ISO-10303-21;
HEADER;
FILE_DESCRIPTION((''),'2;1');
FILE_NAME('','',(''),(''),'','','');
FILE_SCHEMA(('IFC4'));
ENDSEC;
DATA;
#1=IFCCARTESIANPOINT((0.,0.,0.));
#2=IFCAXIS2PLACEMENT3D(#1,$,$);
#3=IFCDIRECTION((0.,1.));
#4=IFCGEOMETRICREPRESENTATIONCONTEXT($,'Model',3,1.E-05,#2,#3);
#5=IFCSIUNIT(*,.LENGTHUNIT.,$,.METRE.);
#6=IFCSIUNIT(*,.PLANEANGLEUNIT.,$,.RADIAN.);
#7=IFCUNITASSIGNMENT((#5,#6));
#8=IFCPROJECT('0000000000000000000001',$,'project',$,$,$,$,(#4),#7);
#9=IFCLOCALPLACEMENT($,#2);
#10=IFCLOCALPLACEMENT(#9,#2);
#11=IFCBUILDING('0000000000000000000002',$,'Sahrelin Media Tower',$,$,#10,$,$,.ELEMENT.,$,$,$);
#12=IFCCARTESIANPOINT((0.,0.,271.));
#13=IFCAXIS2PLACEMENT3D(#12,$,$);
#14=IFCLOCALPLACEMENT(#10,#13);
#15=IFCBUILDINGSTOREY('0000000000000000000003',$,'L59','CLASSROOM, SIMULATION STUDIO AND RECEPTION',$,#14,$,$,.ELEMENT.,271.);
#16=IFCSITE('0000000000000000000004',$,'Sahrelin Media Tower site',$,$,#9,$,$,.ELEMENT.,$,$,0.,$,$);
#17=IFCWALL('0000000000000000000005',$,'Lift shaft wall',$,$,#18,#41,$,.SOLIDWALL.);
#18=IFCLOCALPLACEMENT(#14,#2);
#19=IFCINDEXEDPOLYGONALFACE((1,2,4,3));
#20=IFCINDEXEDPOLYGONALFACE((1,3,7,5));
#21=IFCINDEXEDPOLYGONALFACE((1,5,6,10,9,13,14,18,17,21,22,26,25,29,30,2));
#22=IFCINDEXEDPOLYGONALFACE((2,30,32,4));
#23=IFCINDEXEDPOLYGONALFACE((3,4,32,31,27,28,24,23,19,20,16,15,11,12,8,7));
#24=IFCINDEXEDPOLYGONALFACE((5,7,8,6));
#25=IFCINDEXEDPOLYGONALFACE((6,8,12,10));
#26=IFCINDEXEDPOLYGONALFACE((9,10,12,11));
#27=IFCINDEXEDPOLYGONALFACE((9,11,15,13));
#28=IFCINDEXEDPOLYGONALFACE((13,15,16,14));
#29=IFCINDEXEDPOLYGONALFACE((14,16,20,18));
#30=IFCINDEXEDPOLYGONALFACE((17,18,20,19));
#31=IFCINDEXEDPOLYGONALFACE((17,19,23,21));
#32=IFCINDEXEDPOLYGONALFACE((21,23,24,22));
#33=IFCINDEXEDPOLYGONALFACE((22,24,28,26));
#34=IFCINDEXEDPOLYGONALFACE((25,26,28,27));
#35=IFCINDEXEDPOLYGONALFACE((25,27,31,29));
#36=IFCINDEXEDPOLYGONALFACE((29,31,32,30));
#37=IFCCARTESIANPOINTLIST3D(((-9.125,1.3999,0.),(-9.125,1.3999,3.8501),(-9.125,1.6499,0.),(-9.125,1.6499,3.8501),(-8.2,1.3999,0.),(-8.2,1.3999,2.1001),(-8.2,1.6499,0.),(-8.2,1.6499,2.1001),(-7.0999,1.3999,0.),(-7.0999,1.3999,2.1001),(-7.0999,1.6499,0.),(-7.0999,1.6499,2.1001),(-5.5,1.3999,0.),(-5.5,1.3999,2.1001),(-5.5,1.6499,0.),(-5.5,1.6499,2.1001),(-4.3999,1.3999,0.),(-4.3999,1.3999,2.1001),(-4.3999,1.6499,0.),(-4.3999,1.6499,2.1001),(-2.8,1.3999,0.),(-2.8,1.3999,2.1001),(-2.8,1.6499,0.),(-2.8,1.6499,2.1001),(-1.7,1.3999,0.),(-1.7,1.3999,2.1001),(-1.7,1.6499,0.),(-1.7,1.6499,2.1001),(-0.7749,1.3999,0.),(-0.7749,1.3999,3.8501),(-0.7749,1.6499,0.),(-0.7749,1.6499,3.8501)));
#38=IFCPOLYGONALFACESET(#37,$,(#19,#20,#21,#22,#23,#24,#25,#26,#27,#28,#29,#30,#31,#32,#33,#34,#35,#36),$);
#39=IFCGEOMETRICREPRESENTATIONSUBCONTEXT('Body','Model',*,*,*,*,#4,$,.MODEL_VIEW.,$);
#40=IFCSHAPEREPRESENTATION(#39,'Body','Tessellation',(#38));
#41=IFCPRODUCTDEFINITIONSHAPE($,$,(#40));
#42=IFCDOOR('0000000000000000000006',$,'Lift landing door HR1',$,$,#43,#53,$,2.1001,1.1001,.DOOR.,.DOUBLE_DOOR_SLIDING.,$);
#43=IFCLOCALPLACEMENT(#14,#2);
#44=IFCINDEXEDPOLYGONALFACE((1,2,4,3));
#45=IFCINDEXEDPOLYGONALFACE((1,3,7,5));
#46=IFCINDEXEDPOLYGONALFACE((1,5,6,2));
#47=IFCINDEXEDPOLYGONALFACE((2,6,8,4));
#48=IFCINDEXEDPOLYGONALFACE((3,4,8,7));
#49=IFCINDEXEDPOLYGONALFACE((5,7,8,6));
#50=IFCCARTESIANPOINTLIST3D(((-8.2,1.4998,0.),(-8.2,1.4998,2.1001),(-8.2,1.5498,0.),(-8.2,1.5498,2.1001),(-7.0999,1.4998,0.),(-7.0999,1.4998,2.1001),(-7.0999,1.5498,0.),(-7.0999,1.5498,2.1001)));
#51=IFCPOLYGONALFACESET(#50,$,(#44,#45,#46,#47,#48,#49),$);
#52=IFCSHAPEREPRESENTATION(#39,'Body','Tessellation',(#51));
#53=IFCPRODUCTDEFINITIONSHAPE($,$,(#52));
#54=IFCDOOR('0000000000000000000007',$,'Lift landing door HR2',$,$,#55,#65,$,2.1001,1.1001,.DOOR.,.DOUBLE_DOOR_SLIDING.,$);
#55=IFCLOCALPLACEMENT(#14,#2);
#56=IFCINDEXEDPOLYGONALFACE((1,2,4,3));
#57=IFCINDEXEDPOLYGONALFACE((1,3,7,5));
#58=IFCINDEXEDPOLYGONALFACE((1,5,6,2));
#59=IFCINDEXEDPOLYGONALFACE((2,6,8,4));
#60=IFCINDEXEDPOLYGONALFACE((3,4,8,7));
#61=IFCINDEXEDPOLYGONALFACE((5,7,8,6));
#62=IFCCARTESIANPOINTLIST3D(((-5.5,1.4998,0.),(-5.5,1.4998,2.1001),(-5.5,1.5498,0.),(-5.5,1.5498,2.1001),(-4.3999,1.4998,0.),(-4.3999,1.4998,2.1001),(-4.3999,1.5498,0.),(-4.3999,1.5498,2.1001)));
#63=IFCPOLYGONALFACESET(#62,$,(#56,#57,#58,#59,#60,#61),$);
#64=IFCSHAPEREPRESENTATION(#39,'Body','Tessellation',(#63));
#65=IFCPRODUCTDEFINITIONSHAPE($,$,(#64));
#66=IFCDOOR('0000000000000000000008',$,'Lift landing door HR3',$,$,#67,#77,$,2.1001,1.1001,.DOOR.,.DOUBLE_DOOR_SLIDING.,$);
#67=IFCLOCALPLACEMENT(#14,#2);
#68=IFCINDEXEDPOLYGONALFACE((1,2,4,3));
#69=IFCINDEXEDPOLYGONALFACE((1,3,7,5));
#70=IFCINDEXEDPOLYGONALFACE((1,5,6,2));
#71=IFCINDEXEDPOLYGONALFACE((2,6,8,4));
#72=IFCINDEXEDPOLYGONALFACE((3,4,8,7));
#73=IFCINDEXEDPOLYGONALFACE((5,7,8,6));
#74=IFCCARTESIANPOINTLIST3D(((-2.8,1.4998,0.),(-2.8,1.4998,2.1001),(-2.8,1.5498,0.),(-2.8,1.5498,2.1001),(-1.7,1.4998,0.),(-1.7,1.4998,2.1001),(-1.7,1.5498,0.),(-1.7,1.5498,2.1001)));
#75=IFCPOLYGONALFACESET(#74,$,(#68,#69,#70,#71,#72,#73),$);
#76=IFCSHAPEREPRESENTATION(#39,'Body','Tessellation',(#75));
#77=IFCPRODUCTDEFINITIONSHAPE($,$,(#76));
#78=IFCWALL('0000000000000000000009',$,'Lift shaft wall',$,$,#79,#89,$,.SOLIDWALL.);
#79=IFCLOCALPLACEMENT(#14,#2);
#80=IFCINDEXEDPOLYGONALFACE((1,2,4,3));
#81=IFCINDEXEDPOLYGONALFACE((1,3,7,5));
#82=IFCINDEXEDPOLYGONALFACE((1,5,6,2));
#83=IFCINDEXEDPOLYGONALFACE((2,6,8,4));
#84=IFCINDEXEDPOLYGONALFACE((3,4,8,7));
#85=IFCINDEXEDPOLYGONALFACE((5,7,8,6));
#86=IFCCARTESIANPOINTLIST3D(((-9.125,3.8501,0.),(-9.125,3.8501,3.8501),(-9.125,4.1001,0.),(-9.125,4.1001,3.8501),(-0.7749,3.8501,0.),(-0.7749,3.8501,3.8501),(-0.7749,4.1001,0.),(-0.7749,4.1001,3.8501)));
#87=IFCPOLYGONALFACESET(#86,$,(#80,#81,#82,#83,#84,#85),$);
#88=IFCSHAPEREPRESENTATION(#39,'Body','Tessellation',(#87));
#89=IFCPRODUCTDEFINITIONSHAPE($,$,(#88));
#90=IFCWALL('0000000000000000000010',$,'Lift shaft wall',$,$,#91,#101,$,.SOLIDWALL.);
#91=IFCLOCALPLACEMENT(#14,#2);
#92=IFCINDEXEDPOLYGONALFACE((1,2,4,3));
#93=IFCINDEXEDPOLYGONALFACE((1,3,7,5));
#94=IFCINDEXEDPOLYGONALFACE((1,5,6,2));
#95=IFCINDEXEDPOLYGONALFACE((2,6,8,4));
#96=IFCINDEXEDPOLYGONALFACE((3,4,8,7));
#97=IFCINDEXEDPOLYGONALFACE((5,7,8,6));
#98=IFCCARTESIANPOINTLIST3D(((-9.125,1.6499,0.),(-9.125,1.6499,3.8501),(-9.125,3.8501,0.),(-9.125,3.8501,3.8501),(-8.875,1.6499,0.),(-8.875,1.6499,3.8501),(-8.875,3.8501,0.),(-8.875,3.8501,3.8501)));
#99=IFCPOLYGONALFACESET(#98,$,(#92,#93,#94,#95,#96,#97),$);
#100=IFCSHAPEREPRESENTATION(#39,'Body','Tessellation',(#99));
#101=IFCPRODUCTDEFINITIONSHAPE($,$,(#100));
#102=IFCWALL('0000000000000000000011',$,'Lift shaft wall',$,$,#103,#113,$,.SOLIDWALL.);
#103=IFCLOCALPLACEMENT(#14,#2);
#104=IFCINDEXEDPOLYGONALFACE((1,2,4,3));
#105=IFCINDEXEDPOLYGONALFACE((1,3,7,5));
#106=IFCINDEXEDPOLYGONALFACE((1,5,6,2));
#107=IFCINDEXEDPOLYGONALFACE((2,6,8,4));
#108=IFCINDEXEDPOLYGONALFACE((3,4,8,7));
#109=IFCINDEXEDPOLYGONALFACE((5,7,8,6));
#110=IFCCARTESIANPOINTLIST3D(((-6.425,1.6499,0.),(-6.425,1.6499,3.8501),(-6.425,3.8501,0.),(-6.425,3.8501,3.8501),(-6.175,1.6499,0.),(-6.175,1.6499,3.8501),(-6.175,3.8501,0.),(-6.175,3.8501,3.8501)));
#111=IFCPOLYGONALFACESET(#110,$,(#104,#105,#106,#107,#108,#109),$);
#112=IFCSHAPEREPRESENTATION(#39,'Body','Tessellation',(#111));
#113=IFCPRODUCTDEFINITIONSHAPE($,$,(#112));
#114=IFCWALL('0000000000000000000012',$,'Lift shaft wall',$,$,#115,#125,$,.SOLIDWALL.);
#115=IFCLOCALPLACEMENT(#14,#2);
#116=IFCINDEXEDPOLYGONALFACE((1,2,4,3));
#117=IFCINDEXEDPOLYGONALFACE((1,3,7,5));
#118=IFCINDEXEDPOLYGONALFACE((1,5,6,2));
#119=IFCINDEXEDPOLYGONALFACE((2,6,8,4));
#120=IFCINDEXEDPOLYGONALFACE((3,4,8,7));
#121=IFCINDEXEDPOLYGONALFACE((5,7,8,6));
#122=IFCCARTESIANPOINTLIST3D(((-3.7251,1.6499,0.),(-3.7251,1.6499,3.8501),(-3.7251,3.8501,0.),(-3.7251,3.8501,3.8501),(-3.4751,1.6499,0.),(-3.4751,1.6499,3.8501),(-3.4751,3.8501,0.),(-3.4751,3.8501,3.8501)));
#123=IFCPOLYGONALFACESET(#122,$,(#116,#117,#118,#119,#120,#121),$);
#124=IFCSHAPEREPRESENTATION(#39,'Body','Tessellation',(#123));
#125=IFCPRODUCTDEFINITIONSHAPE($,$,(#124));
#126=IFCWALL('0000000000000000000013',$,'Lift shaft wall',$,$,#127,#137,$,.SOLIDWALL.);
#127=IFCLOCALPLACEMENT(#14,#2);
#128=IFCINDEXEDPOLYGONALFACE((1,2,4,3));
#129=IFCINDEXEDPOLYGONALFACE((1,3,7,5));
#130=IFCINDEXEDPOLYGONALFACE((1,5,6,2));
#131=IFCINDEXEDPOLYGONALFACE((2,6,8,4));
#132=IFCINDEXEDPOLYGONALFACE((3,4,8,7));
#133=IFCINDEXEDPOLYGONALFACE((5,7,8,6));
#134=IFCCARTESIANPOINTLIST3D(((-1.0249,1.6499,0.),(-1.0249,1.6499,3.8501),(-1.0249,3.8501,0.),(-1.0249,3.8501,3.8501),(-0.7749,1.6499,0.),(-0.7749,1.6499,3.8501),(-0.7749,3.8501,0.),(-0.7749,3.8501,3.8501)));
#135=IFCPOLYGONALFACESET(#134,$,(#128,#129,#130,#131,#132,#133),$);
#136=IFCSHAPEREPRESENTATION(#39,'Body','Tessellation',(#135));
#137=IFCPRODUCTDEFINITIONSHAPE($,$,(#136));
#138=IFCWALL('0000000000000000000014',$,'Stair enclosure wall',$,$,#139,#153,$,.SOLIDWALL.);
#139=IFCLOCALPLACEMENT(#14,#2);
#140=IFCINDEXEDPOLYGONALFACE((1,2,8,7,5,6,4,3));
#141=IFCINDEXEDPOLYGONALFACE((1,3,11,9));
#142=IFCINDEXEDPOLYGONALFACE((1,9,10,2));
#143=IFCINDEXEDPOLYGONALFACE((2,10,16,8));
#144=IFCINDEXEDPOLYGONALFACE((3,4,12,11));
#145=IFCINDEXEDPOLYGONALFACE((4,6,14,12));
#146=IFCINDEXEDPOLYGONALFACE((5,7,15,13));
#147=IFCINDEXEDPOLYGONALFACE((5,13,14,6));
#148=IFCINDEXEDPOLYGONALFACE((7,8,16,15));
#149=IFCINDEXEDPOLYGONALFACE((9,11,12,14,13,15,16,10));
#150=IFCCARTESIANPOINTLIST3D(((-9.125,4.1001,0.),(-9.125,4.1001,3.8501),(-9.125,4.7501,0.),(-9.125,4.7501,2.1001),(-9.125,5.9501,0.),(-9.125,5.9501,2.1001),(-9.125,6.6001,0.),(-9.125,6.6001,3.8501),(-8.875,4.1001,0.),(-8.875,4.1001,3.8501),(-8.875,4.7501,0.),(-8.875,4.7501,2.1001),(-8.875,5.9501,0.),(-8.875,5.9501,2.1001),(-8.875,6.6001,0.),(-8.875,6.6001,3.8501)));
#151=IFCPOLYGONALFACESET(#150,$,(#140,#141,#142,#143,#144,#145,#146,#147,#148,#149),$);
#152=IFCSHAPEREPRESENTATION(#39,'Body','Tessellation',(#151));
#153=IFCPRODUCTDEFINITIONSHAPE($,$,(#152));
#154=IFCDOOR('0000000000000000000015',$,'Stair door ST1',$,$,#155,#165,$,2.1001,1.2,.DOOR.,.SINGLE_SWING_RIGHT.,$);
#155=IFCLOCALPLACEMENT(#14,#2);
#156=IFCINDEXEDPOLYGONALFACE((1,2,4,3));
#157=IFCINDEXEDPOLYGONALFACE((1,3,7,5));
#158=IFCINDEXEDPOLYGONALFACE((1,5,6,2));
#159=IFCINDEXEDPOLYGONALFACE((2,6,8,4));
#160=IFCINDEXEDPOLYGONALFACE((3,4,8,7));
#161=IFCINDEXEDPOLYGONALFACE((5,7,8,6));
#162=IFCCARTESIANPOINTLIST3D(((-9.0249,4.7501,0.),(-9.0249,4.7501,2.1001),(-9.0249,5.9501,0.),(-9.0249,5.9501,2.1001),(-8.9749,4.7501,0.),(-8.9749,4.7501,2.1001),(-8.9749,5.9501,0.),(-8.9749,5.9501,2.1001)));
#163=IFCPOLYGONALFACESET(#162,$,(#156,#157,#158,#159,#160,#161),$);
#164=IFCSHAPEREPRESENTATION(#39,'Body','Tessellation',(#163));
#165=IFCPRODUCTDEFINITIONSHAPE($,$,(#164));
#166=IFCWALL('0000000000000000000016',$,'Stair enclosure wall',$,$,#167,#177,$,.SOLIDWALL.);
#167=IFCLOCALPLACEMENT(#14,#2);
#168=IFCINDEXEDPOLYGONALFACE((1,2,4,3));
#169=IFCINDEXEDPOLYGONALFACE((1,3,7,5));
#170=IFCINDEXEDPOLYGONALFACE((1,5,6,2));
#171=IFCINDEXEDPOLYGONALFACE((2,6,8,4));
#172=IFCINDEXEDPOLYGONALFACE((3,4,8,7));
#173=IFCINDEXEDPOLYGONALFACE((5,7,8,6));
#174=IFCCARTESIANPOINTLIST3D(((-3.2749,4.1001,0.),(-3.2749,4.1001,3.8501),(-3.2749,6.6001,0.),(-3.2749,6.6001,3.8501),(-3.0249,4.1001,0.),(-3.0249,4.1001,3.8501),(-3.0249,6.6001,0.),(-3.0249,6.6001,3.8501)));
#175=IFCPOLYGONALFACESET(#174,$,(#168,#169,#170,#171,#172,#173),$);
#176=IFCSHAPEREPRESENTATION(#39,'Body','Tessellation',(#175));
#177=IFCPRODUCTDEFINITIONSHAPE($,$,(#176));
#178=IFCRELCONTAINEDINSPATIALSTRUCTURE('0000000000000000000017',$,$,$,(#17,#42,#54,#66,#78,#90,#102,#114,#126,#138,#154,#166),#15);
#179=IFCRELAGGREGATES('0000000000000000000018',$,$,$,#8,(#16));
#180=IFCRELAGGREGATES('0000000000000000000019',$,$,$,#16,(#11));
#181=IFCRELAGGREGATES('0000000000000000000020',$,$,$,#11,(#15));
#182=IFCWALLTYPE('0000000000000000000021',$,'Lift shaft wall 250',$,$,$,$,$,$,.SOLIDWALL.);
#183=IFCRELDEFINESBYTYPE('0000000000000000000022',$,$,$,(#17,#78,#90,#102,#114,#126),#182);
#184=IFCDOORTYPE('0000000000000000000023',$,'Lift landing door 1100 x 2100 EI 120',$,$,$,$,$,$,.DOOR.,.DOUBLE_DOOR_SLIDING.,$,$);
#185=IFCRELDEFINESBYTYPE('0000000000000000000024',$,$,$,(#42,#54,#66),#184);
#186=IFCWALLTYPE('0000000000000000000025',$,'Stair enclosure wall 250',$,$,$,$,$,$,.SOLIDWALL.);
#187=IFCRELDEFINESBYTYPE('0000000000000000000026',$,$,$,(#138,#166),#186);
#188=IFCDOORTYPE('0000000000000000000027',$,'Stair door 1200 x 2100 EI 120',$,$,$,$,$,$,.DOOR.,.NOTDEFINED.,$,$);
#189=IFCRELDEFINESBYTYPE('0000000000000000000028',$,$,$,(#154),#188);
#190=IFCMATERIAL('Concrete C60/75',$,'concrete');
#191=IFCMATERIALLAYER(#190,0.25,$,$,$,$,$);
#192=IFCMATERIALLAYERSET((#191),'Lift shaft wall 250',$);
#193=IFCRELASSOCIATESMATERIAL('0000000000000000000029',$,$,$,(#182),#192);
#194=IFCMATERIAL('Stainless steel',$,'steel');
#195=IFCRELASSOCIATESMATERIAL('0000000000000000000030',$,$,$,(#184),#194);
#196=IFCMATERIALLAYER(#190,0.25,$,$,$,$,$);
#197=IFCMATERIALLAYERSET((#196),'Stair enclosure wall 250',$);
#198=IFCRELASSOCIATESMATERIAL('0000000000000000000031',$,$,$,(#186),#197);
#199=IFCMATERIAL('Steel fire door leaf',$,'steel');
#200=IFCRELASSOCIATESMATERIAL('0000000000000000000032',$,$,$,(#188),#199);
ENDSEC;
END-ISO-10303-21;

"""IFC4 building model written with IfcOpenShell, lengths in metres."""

from ifc_helpers import new_model, si_unit, direction, frame, frame_2d, origin, place, context, subcontext, project, spatial, rectangle, extrude, material, layer, layer_set, type_object, element, fill, save


model = new_model("IFC4")

# Units and contexts
model_context = context("Model", 3, precision=1e-05, world=origin(), true_north=direction((0.0, 1.0)))
body_context = subcontext(model_context, "Body", "Model", "MODEL_VIEW")
ifc_project = project(units=[si_unit("LENGTHUNIT", "METRE"), si_unit("PLANEANGLEUNIT", "RADIAN")], contexts=[model_context])

# Site, building, storey
site_placement = place(None, origin())
site = spatial("IfcSite", under=ifc_project, at=site_placement, Name="Sahrelin Media Tower site", CompositionType="ELEMENT", RefElevation=0.0)
building_placement = place(site_placement, origin())
building = spatial("IfcBuilding", under=site, at=building_placement, Name="Sahrelin Media Tower", CompositionType="ELEMENT")
storey_placement = place(building_placement, frame((0.0, 0.0, 271.0)))
storey = spatial("IfcBuildingStorey", under=building, at=storey_placement, Name="L59", Description="CLASSROOM, SIMULATION STUDIO AND RECEPTION", CompositionType="ELEMENT", Elevation=271.0)

# Shared definitions
ifc_material_1 = material(Name="Steel fire door leaf", Category="steel")

# Wall, openings, doors
ifc_material_2 = material(Name="Concrete C60/75", Category="concrete")
ifc_layer_1 = layer(ifc_material_2, 0.25)
ifc_layer_set_1 = layer_set([ifc_layer_1], Name="Lift shaft wall 250")
wall_type_1 = type_object("IfcWallType", Name="Lift shaft wall 250", PredefinedType="SOLIDWALL", material=ifc_layer_set_1)
wall_1_placement = place(storey_placement, frame((-9.125, 1.5249, 0.0), z_axis=(0.0, 0.0, 1.0), x_axis=(1.0, 0.0, 0.0)))
wall_1 = element("IfcWall", 1, at=wall_1_placement, inside=storey, type_object=wall_type_1, Name="Lift shaft wall", PredefinedType="SOLIDWALL", context=body_context, shape_type="SweptSolid", body=[
    extrude(rectangle(XDim=8.3501, YDim=0.25, at=frame_2d((4.175, 0.0))), origin(), (0.0, 0.0, 1.0), 3.8501),
])
opening_1_placement = place(wall_1_placement, frame((0.925, 0.0, 0.0)))
opening_1 = element("IfcOpeningElement", 2, at=opening_1_placement, cuts=wall_1, PredefinedType="OPENING", context=body_context, shape_type="SweptSolid", body=[
    extrude(rectangle(XDim=1.1001, YDim=2.1001, at=frame_2d((0.55, 1.05))), frame((0.0, 0.125, 0.0), z_axis=(0.0, -1.0, 0.0), x_axis=(1.0, 0.0, 0.0)), (0.0, 0.0, 1.0), 0.25),
])
opening_2_placement = place(wall_1_placement, frame((3.625, 0.0, 0.0)))
opening_2 = element("IfcOpeningElement", 3, at=opening_2_placement, cuts=wall_1, PredefinedType="OPENING", context=body_context, shape_type="SweptSolid", body=[
    extrude(rectangle(XDim=1.1001, YDim=2.1001, at=frame_2d((0.55, 1.05))), frame((0.0, 0.125, 0.0), z_axis=(0.0, -1.0, 0.0), x_axis=(1.0, 0.0, 0.0)), (0.0, 0.0, 1.0), 0.25),
])
opening_3_placement = place(wall_1_placement, frame((6.325, 0.0, 0.0)))
opening_3 = element("IfcOpeningElement", 4, at=opening_3_placement, cuts=wall_1, PredefinedType="OPENING", context=body_context, shape_type="SweptSolid", body=[
    extrude(rectangle(XDim=1.1001, YDim=2.1001, at=frame_2d((0.55, 1.05))), frame((0.0, 0.125, 0.0), z_axis=(0.0, -1.0, 0.0), x_axis=(1.0, 0.0, 0.0)), (0.0, 0.0, 1.0), 0.25),
])
ifc_material_3 = material(Name="Stainless steel", Category="steel")
door_type_1 = type_object("IfcDoorType", Name="Lift landing door 1100 x 2100 EI 120", OperationType="DOUBLE_DOOR_SLIDING", PredefinedType="DOOR", material=ifc_material_3)
door_1_placement = place(opening_1_placement, origin())
door_1 = element("IfcDoor", 5, at=door_1_placement, inside=storey, type_object=door_type_1, Name="Lift landing door HR1", OperationType="DOUBLE_DOOR_SLIDING", OverallHeight=2.1001, OverallWidth=1.1001, PredefinedType="DOOR", context=body_context, shape_type="SweptSolid", body=[
    extrude(rectangle(XDim=1.1001, YDim=2.1001, at=frame_2d((0.55, 1.05))), frame((0.0, 0.0249, 0.0), z_axis=(0.0, -1.0, 0.0), x_axis=(1.0, 0.0, 0.0)), (0.0, 0.0, 1.0), 0.05),
])
fill(opening_1, door_1)
door_2_placement = place(opening_2_placement, origin())
door_2 = element("IfcDoor", 6, at=door_2_placement, inside=storey, type_object=door_type_1, Name="Lift landing door HR2", OperationType="DOUBLE_DOOR_SLIDING", OverallHeight=2.1001, OverallWidth=1.1001, PredefinedType="DOOR", context=body_context, shape_type="SweptSolid", body=[
    extrude(rectangle(XDim=1.1001, YDim=2.1001, at=frame_2d((0.55, 1.05))), frame((0.0, 0.0249, 0.0), z_axis=(0.0, -1.0, 0.0), x_axis=(1.0, 0.0, 0.0)), (0.0, 0.0, 1.0), 0.05),
])
fill(opening_2, door_2)
door_3_placement = place(opening_3_placement, origin())
door_3 = element("IfcDoor", 7, at=door_3_placement, inside=storey, type_object=door_type_1, Name="Lift landing door HR3", OperationType="DOUBLE_DOOR_SLIDING", OverallHeight=2.1001, OverallWidth=1.1001, PredefinedType="DOOR", context=body_context, shape_type="SweptSolid", body=[
    extrude(rectangle(XDim=1.1001, YDim=2.1001, at=frame_2d((0.55, 1.05))), frame((0.0, 0.0249, 0.0), z_axis=(0.0, -1.0, 0.0), x_axis=(1.0, 0.0, 0.0)), (0.0, 0.0, 1.0), 0.05),
])
fill(opening_3, door_3)

# Walls
wall_2_placement = place(storey_placement, frame((-9.125, 3.9751, 0.0), z_axis=(0.0, 0.0, 1.0), x_axis=(1.0, 0.0, 0.0)))
element("IfcWall", 8, at=wall_2_placement, inside=storey, type_object=wall_type_1, Name="Lift shaft wall", PredefinedType="SOLIDWALL", context=body_context, shape_type="SweptSolid", body=[
    extrude(rectangle(XDim=8.3501, YDim=0.25, at=frame_2d((4.175, 0.0))), origin(), (0.0, 0.0, 1.0), 3.8501),
])
for number, where, z_axis, x_axis, name in (
    (9, (-9.0, 1.6499, 0.0), (0.0, 0.0, 1.0), (0.0, 1.0, 0.0), "Lift shaft wall"),
    (10, (-6.3, 1.6499, 0.0), (0.0, 0.0, 1.0), (0.0, 1.0, 0.0), "Lift shaft wall"),
    (11, (-3.6001, 1.6499, 0.0), (0.0, 0.0, 1.0), (0.0, 1.0, 0.0), "Lift shaft wall"),
    (12, (-0.8999, 1.6499, 0.0), (0.0, 0.0, 1.0), (0.0, 1.0, 0.0), "Lift shaft wall"),
):
    element("IfcWall", number, at=place(storey_placement, frame(where, z_axis=z_axis, x_axis=x_axis)), inside=storey, type_object=wall_type_1, Name=name, PredefinedType="SOLIDWALL", context=body_context, shape_type="SweptSolid", body=[
        extrude(rectangle(XDim=2.2002, YDim=0.25, at=frame_2d((1.1001, 0.0))), origin(), (0.0, 0.0, 1.0), 3.8501),
    ])

# Wall, opening, door
ifc_layer_2 = layer(ifc_material_2, 0.25)
ifc_layer_set_2 = layer_set([ifc_layer_2], Name="Stair enclosure wall 250")
wall_type_2 = type_object("IfcWallType", Name="Stair enclosure wall 250", PredefinedType="SOLIDWALL", material=ifc_layer_set_2)
wall_3_placement = place(storey_placement, frame((-9.0, 4.1001, 0.0), z_axis=(0.0, 0.0, 1.0), x_axis=(0.0, 1.0, 0.0)))
wall_3 = element("IfcWall", 13, at=wall_3_placement, inside=storey, type_object=wall_type_2, Name="Stair enclosure wall", PredefinedType="SOLIDWALL", context=body_context, shape_type="SweptSolid", body=[
    extrude(rectangle(XDim=2.5, YDim=0.25, at=frame_2d((1.25, 0.0))), origin(), (0.0, 0.0, 1.0), 3.8501),
])
opening_4_placement = place(wall_3_placement, frame((0.6499, 0.0, 0.0)))
opening_4 = element("IfcOpeningElement", 14, at=opening_4_placement, cuts=wall_3, PredefinedType="OPENING", context=body_context, shape_type="SweptSolid", body=[
    extrude(rectangle(XDim=1.2, YDim=2.1001, at=frame_2d((0.6001, 1.05))), frame((0.0, 0.125, 0.0), z_axis=(0.0, -1.0, 0.0), x_axis=(1.0, 0.0, 0.0)), (0.0, 0.0, 1.0), 0.25),
])
door_type_2 = type_object("IfcDoorType", Name="Stair door 1200 x 2100 EI 120", OperationType="NOTDEFINED", PredefinedType="DOOR", material=ifc_material_1)
door_4_placement = place(opening_4_placement, origin())
door_4 = element("IfcDoor", 15, at=door_4_placement, inside=storey, type_object=door_type_2, Name="Stair door ST1", OperationType="SINGLE_SWING_RIGHT", OverallHeight=2.1001, OverallWidth=1.2, PredefinedType="DOOR", context=body_context, shape_type="SweptSolid", body=[
    extrude(rectangle(XDim=1.2, YDim=2.1001, at=frame_2d((0.6001, 1.05))), frame((0.0, 0.0249, 0.0), z_axis=(0.0, -1.0, 0.0), x_axis=(1.0, 0.0, 0.0)), (0.0, 0.0, 1.0), 0.05),
])
fill(opening_4, door_4)

# Wall
wall_4_placement = place(storey_placement, frame((-3.1499, 4.1001, 0.0), z_axis=(0.0, 0.0, 1.0), x_axis=(0.0, 1.0, 0.0)))
element("IfcWall", 16, at=wall_4_placement, inside=storey, type_object=wall_type_2, Name="Stair enclosure wall", PredefinedType="SOLIDWALL", context=body_context, shape_type="SweptSolid", body=[
    extrude(rectangle(XDim=2.5, YDim=0.25, at=frame_2d((1.25, 0.0))), origin(), (0.0, 0.0, 1.0), 3.8501),
])

save(model, "model.ifc")
